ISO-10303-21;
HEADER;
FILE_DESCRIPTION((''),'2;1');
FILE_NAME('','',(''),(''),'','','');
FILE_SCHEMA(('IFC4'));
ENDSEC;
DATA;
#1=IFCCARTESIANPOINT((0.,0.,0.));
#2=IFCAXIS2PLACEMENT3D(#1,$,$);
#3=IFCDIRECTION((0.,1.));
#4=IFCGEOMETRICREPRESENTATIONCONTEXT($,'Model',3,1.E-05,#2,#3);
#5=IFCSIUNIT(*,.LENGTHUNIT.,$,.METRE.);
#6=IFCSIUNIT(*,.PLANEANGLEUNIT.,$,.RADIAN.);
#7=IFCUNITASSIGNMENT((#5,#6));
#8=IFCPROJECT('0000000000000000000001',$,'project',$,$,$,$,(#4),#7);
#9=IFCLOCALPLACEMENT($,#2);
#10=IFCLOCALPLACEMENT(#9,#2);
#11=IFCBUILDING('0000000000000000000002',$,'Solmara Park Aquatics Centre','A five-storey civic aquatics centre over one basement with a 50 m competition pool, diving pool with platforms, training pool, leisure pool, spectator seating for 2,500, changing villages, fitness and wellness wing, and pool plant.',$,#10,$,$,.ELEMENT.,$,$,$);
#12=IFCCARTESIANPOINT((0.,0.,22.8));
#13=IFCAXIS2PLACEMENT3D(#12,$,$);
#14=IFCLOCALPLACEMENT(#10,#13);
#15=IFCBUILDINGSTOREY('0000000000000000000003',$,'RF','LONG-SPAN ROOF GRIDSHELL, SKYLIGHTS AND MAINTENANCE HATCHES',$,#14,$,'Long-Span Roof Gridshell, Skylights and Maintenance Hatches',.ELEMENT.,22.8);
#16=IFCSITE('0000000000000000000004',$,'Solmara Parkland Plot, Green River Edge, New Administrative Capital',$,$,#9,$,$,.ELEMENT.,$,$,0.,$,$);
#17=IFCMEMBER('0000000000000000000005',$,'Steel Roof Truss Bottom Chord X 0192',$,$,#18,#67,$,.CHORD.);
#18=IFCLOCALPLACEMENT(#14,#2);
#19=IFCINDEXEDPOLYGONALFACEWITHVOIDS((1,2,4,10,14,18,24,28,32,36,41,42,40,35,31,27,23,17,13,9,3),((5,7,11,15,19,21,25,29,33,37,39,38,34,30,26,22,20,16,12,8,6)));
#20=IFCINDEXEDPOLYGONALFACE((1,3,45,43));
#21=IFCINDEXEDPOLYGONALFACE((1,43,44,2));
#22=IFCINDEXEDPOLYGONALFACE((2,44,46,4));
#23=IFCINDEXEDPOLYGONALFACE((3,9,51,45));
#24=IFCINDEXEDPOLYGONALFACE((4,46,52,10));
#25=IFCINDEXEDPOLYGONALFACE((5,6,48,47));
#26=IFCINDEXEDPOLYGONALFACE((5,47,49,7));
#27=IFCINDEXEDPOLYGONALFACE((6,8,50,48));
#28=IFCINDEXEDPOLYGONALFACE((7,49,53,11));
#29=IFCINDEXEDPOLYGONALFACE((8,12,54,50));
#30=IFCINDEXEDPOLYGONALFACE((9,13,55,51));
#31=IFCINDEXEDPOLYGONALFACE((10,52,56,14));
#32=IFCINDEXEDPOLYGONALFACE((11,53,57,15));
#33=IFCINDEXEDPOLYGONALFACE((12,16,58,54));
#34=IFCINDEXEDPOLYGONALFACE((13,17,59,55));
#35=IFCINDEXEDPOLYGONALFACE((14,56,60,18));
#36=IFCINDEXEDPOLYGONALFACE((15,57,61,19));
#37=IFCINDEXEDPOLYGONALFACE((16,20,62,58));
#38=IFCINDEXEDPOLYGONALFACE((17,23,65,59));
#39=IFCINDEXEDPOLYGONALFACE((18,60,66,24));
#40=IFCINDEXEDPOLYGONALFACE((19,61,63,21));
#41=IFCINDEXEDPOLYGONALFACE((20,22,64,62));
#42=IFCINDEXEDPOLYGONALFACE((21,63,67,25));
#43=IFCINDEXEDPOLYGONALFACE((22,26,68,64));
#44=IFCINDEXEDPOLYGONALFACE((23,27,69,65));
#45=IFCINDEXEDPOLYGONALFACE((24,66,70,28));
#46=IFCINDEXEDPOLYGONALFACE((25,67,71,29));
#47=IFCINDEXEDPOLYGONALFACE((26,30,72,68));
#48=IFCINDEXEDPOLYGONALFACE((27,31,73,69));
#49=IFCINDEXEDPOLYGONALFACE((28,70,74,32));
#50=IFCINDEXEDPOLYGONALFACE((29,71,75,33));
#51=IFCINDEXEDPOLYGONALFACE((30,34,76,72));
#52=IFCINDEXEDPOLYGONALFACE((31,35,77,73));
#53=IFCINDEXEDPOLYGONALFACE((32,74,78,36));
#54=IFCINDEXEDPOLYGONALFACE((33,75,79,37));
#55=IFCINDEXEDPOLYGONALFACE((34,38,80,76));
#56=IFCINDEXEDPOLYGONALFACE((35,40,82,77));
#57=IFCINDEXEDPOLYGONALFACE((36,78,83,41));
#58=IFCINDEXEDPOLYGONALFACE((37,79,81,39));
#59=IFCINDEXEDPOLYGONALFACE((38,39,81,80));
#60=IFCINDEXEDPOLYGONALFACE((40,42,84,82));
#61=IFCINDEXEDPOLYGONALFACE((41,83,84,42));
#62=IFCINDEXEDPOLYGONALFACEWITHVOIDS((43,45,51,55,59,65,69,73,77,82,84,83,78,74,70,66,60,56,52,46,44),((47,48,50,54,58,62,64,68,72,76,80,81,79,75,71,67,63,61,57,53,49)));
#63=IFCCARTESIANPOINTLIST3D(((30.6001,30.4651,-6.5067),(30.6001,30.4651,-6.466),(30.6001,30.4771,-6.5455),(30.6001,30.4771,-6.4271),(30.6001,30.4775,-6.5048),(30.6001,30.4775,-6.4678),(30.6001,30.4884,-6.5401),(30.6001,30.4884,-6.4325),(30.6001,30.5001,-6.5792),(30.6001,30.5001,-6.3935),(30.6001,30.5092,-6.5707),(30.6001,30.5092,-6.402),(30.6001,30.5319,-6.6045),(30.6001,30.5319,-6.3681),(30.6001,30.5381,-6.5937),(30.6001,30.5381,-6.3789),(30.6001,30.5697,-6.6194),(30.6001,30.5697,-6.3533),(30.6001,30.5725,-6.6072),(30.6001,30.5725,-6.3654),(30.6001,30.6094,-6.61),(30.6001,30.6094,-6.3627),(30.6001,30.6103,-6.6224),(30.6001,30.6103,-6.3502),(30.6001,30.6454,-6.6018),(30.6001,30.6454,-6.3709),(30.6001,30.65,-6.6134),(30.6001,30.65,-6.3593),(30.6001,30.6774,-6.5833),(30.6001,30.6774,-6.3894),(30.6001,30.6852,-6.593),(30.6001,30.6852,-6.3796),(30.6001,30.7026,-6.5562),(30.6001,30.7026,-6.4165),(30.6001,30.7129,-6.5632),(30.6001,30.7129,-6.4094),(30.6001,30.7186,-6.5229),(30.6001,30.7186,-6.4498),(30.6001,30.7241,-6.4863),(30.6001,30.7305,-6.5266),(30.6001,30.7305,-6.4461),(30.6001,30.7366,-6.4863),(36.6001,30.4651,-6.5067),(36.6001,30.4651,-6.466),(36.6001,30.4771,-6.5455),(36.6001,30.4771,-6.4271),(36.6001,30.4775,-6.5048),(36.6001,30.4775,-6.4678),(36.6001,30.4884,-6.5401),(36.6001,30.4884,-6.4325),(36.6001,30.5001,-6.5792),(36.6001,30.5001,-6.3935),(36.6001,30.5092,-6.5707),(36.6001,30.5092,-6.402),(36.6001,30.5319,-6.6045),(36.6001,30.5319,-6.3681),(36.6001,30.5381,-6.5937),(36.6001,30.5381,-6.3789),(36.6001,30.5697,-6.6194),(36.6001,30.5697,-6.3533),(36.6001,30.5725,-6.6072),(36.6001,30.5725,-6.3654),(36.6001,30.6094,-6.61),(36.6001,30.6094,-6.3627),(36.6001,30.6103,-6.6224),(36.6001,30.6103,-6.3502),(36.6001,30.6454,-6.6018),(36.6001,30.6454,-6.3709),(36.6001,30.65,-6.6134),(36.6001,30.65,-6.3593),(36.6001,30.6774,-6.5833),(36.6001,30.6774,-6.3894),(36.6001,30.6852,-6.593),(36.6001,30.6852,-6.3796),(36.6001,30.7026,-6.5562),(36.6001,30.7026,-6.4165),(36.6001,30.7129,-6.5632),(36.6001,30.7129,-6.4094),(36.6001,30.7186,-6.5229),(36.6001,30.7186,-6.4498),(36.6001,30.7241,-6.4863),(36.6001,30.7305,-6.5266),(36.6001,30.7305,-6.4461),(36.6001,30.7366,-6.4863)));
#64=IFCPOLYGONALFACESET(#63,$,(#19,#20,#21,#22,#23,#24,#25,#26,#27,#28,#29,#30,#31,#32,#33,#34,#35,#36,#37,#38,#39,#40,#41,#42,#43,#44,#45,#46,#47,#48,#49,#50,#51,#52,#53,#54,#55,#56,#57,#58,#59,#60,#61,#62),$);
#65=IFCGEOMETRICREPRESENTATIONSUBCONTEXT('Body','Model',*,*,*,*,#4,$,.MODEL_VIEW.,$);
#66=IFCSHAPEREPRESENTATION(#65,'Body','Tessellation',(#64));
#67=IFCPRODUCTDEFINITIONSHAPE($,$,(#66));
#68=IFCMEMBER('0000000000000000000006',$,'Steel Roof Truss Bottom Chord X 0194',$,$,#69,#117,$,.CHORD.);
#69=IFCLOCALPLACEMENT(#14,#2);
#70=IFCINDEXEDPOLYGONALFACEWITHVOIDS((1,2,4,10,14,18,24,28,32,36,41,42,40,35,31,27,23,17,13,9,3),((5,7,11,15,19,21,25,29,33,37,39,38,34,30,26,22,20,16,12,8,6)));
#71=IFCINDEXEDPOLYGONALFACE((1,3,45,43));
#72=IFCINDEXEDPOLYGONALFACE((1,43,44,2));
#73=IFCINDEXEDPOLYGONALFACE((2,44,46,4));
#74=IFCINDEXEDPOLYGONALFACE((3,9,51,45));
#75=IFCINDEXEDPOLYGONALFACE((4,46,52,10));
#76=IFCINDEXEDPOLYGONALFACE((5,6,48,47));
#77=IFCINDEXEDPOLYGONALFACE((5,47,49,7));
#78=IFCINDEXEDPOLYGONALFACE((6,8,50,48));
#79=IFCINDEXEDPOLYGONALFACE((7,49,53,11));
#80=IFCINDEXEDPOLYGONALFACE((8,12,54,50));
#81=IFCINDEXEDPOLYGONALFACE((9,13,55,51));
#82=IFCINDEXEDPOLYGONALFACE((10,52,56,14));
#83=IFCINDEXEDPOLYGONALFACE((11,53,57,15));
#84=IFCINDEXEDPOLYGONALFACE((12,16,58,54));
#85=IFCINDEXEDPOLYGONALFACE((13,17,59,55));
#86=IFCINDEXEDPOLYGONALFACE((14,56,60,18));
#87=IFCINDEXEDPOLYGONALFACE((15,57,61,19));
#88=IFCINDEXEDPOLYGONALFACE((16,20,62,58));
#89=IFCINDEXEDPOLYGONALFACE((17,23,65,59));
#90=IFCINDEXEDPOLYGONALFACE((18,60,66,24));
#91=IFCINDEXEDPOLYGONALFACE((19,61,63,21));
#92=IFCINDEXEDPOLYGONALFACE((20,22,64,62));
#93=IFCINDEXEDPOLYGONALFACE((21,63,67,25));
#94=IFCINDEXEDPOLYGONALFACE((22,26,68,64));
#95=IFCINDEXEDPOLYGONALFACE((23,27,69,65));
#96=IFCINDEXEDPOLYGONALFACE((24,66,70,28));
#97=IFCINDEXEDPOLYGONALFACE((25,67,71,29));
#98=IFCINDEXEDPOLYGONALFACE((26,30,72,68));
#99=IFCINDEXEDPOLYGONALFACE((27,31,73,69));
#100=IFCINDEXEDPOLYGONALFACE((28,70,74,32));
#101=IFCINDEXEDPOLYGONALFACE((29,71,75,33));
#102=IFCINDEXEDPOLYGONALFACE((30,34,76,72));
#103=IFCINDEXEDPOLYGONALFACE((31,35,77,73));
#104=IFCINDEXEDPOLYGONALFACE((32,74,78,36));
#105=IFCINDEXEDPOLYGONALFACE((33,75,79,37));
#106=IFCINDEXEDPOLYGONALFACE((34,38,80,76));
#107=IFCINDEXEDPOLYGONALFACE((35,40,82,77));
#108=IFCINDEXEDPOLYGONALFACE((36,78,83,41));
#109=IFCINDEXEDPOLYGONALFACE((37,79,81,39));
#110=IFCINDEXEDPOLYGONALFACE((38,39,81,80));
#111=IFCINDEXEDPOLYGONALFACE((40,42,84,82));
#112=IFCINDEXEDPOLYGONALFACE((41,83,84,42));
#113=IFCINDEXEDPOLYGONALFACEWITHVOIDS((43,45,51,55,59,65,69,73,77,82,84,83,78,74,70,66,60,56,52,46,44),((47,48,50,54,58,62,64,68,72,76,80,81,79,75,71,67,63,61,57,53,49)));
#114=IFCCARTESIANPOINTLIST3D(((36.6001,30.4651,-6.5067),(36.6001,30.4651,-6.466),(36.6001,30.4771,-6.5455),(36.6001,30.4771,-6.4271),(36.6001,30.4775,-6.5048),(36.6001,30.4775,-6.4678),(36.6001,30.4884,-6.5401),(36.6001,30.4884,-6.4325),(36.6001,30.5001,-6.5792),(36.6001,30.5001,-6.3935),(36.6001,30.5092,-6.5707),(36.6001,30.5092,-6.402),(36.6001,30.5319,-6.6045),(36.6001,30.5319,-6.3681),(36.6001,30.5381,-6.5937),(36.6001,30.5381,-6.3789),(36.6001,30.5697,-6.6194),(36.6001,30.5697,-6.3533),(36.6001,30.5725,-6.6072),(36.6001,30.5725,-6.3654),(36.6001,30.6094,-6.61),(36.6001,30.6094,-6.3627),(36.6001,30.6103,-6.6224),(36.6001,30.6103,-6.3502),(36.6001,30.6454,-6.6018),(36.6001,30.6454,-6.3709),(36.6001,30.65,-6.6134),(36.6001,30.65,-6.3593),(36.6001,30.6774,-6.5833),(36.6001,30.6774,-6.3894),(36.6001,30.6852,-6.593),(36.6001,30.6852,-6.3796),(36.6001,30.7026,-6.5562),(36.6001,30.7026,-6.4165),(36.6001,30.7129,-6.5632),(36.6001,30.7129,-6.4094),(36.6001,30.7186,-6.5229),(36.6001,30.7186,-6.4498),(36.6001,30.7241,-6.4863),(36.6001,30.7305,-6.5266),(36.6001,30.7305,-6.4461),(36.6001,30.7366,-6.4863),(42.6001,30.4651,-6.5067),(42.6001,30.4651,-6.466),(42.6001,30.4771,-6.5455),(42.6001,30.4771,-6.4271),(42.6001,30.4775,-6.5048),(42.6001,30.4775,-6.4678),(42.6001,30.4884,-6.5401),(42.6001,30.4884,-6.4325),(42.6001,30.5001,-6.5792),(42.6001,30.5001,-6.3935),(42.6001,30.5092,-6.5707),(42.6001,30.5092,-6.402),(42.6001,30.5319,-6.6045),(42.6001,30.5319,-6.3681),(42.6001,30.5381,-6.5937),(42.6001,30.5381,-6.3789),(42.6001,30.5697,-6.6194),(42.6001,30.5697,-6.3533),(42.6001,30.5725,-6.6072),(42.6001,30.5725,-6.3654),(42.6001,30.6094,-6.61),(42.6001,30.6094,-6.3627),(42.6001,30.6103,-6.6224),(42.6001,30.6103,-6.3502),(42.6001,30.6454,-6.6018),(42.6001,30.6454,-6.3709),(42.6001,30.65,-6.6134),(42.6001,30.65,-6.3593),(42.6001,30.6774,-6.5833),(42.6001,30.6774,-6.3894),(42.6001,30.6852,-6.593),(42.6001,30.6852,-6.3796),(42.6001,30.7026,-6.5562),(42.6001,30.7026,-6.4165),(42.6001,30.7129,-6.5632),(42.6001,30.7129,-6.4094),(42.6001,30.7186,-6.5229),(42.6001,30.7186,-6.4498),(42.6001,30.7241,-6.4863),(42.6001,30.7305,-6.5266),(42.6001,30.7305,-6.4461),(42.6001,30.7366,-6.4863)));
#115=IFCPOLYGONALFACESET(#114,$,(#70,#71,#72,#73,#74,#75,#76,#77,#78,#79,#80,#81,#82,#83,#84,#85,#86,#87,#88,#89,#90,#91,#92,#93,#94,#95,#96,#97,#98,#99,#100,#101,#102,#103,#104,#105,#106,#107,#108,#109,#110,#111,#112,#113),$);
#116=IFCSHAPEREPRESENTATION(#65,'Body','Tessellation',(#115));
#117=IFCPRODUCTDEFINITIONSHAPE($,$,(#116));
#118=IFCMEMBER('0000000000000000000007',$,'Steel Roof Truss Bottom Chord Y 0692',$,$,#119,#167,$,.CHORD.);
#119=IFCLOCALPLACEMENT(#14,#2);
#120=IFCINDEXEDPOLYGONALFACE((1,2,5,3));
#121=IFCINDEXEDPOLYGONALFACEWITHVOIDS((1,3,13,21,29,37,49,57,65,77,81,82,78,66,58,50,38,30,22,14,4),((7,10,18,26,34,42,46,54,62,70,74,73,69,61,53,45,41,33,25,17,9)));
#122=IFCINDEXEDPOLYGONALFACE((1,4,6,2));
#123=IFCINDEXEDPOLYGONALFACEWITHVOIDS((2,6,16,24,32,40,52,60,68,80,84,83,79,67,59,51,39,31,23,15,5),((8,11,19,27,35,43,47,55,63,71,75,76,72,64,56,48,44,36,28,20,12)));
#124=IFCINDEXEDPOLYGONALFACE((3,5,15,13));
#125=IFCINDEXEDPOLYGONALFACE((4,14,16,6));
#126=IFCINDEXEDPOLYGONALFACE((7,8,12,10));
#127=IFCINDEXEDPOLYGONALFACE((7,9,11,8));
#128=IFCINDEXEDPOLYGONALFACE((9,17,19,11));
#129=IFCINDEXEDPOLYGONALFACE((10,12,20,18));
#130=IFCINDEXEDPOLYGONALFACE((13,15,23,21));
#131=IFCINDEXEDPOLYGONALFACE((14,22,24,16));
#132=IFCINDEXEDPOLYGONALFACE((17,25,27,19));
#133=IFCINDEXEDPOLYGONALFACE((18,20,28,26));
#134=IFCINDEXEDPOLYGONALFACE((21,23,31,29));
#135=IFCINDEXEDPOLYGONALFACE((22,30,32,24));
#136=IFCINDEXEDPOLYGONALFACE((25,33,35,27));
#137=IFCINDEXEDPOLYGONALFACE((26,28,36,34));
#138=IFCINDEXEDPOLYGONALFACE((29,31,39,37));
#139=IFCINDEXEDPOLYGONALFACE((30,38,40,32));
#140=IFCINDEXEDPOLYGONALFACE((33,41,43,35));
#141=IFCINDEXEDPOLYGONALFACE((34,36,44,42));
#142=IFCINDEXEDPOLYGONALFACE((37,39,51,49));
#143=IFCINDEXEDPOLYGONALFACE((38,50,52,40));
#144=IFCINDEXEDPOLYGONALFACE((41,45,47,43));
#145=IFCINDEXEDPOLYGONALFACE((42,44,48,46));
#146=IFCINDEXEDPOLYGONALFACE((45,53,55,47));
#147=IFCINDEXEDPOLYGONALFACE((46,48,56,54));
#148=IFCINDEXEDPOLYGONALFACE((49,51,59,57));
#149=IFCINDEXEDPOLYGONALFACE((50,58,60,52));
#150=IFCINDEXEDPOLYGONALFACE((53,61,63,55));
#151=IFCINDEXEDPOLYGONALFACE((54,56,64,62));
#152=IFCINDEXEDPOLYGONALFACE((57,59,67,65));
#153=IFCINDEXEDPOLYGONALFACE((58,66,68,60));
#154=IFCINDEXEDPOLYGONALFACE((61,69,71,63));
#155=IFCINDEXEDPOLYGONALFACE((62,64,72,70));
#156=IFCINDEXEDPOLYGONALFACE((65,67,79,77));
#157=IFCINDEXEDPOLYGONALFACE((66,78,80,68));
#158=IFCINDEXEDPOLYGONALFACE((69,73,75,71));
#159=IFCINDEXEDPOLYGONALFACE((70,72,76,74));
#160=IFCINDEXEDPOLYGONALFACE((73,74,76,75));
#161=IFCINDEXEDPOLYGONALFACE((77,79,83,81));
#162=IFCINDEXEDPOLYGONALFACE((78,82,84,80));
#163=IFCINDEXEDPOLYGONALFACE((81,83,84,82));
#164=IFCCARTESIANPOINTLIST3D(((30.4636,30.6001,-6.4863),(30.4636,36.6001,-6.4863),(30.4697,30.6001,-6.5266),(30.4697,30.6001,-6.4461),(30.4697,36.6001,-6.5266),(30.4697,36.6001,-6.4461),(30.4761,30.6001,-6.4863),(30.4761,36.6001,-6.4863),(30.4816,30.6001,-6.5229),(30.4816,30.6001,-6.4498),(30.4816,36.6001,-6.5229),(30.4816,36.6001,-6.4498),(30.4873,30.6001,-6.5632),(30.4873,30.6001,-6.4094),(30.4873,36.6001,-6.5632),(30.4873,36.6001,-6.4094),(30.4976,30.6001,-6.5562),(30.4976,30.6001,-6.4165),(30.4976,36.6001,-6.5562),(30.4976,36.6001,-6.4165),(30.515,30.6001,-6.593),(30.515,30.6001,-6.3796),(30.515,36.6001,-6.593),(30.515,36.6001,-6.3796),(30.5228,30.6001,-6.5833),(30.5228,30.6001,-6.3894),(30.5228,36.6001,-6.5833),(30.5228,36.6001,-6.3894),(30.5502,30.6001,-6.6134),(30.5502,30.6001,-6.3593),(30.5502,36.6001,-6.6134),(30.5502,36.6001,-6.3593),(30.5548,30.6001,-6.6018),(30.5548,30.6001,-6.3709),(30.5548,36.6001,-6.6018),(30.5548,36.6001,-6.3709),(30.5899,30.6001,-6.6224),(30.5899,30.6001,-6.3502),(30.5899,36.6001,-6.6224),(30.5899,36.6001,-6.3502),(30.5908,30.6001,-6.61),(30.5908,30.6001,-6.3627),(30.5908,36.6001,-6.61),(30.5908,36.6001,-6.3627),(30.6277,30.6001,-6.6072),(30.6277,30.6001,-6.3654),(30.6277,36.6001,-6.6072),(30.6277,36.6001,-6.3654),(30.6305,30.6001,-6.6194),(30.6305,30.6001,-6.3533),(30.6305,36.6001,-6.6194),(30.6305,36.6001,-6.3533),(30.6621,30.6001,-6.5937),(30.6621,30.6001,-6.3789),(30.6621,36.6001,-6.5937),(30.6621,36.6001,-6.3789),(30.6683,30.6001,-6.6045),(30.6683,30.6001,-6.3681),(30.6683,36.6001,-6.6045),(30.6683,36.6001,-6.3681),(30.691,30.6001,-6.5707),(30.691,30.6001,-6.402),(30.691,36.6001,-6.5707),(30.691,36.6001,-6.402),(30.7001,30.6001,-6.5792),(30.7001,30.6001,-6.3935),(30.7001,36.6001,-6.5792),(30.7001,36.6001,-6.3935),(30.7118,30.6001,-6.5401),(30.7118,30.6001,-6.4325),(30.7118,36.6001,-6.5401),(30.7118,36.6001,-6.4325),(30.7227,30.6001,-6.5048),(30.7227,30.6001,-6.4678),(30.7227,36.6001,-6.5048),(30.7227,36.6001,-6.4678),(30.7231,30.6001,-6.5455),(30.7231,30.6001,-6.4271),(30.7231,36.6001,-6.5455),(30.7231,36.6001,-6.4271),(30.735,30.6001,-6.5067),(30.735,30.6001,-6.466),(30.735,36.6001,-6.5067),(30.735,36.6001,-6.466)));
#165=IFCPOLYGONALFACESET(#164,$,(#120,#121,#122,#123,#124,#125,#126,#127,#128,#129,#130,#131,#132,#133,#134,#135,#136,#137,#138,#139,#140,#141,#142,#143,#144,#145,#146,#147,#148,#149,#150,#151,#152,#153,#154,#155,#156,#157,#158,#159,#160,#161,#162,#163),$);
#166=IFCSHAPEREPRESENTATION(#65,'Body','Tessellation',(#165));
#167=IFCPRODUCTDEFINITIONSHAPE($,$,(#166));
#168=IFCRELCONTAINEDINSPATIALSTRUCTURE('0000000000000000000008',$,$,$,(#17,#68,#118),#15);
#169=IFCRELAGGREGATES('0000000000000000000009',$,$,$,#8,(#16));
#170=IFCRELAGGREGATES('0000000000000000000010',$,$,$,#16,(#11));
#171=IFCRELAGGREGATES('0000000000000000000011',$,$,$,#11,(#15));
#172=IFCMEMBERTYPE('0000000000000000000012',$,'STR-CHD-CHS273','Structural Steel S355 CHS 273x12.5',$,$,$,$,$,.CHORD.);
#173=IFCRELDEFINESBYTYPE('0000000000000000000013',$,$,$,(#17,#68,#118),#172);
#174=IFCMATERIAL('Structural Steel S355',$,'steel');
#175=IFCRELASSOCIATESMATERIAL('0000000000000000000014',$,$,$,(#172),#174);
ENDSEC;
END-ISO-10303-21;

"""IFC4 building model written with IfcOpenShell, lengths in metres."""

from ifc_helpers import new_model, si_unit, direction, frame, origin, origin_2d, place, context, subcontext, project, spatial, hollow_circle, extrude, material, material_profile, profile_set, type_object, element, save


model = new_model("IFC4")

# Units and contexts
model_context = context("Model", 3, precision=1e-05, world=origin(), true_north=direction((0.0, 1.0)))
body_context = subcontext(model_context, "Body", "Model", "MODEL_VIEW")
ifc_project = project(units=[si_unit("LENGTHUNIT", "METRE"), si_unit("PLANEANGLEUNIT", "RADIAN")], contexts=[model_context])

# Site, building, storey
site_placement = place(None, origin())
site = spatial("IfcSite", under=ifc_project, at=site_placement, Name="Solmara Parkland Plot, Green River Edge, New Administrative Capital", CompositionType="ELEMENT", RefElevation=0.0)
building_placement = place(site_placement, origin())
building = spatial("IfcBuilding", under=site, at=building_placement, Name="Solmara Park Aquatics Centre", Description="A five-storey civic aquatics centre over one basement with a 50 m competition pool, diving pool with platforms, training pool, leisure pool, spectator seating for 2,500, changing villages, fitness and wellness wing, and pool plant.", CompositionType="ELEMENT")
storey_placement = place(building_placement, frame((0.0, 0.0, 22.8)))
storey = spatial("IfcBuildingStorey", under=building, at=storey_placement, Name="RF", Description="LONG-SPAN ROOF GRIDSHELL, SKYLIGHTS AND MAINTENANCE HATCHES", LongName="Long-Span Roof Gridshell, Skylights and Maintenance Hatches", CompositionType="ELEMENT", Elevation=22.8)

# Members
ifc_material_1 = material(Name="Structural Steel S355", Category="steel")
ifc_material_profile_1 = material_profile(ifc_material_1, hollow_circle(Radius=0.1365, WallThickness=0.0125, at=origin_2d()), Name="CHS 273x12.5")
ifc_profile_set_1 = profile_set([ifc_material_profile_1], Name="Structural Steel S355")
member_type_1 = type_object("IfcMemberType", Name="STR-CHD-CHS273", Description="Structural Steel S355 CHS 273x12.5", PredefinedType="CHORD", material=ifc_profile_set_1)
for number, where, z_axis, x_axis, name in (
    (1, (30.6001, 30.6001, -6.4863), (1.0, 0.0, 0.0), (0.0, 1.0, 0.0), "Steel Roof Truss Bottom Chord X 0192"),
    (2, (36.6001, 30.6001, -6.4863), (1.0, 0.0, 0.0), (0.0, 1.0, 0.0), "Steel Roof Truss Bottom Chord X 0194"),
    (3, (30.6001, 30.6001, -6.4863), (0.0, 1.0, 0.0), (-1.0, 0.0, 0.0), "Steel Roof Truss Bottom Chord Y 0692"),
):
    element("IfcMember", number, at=place(storey_placement, frame(where, z_axis=z_axis, x_axis=x_axis)), inside=storey, type_object=member_type_1, Name=name, PredefinedType="CHORD", context=body_context, shape_type="SweptSolid", body=[
        extrude(hollow_circle(Radius=0.1365, WallThickness=0.0125, at=origin_2d()), origin(), (0.0, 0.0, 1.0), 6.0),
    ])

save(model, "model.ifc")
